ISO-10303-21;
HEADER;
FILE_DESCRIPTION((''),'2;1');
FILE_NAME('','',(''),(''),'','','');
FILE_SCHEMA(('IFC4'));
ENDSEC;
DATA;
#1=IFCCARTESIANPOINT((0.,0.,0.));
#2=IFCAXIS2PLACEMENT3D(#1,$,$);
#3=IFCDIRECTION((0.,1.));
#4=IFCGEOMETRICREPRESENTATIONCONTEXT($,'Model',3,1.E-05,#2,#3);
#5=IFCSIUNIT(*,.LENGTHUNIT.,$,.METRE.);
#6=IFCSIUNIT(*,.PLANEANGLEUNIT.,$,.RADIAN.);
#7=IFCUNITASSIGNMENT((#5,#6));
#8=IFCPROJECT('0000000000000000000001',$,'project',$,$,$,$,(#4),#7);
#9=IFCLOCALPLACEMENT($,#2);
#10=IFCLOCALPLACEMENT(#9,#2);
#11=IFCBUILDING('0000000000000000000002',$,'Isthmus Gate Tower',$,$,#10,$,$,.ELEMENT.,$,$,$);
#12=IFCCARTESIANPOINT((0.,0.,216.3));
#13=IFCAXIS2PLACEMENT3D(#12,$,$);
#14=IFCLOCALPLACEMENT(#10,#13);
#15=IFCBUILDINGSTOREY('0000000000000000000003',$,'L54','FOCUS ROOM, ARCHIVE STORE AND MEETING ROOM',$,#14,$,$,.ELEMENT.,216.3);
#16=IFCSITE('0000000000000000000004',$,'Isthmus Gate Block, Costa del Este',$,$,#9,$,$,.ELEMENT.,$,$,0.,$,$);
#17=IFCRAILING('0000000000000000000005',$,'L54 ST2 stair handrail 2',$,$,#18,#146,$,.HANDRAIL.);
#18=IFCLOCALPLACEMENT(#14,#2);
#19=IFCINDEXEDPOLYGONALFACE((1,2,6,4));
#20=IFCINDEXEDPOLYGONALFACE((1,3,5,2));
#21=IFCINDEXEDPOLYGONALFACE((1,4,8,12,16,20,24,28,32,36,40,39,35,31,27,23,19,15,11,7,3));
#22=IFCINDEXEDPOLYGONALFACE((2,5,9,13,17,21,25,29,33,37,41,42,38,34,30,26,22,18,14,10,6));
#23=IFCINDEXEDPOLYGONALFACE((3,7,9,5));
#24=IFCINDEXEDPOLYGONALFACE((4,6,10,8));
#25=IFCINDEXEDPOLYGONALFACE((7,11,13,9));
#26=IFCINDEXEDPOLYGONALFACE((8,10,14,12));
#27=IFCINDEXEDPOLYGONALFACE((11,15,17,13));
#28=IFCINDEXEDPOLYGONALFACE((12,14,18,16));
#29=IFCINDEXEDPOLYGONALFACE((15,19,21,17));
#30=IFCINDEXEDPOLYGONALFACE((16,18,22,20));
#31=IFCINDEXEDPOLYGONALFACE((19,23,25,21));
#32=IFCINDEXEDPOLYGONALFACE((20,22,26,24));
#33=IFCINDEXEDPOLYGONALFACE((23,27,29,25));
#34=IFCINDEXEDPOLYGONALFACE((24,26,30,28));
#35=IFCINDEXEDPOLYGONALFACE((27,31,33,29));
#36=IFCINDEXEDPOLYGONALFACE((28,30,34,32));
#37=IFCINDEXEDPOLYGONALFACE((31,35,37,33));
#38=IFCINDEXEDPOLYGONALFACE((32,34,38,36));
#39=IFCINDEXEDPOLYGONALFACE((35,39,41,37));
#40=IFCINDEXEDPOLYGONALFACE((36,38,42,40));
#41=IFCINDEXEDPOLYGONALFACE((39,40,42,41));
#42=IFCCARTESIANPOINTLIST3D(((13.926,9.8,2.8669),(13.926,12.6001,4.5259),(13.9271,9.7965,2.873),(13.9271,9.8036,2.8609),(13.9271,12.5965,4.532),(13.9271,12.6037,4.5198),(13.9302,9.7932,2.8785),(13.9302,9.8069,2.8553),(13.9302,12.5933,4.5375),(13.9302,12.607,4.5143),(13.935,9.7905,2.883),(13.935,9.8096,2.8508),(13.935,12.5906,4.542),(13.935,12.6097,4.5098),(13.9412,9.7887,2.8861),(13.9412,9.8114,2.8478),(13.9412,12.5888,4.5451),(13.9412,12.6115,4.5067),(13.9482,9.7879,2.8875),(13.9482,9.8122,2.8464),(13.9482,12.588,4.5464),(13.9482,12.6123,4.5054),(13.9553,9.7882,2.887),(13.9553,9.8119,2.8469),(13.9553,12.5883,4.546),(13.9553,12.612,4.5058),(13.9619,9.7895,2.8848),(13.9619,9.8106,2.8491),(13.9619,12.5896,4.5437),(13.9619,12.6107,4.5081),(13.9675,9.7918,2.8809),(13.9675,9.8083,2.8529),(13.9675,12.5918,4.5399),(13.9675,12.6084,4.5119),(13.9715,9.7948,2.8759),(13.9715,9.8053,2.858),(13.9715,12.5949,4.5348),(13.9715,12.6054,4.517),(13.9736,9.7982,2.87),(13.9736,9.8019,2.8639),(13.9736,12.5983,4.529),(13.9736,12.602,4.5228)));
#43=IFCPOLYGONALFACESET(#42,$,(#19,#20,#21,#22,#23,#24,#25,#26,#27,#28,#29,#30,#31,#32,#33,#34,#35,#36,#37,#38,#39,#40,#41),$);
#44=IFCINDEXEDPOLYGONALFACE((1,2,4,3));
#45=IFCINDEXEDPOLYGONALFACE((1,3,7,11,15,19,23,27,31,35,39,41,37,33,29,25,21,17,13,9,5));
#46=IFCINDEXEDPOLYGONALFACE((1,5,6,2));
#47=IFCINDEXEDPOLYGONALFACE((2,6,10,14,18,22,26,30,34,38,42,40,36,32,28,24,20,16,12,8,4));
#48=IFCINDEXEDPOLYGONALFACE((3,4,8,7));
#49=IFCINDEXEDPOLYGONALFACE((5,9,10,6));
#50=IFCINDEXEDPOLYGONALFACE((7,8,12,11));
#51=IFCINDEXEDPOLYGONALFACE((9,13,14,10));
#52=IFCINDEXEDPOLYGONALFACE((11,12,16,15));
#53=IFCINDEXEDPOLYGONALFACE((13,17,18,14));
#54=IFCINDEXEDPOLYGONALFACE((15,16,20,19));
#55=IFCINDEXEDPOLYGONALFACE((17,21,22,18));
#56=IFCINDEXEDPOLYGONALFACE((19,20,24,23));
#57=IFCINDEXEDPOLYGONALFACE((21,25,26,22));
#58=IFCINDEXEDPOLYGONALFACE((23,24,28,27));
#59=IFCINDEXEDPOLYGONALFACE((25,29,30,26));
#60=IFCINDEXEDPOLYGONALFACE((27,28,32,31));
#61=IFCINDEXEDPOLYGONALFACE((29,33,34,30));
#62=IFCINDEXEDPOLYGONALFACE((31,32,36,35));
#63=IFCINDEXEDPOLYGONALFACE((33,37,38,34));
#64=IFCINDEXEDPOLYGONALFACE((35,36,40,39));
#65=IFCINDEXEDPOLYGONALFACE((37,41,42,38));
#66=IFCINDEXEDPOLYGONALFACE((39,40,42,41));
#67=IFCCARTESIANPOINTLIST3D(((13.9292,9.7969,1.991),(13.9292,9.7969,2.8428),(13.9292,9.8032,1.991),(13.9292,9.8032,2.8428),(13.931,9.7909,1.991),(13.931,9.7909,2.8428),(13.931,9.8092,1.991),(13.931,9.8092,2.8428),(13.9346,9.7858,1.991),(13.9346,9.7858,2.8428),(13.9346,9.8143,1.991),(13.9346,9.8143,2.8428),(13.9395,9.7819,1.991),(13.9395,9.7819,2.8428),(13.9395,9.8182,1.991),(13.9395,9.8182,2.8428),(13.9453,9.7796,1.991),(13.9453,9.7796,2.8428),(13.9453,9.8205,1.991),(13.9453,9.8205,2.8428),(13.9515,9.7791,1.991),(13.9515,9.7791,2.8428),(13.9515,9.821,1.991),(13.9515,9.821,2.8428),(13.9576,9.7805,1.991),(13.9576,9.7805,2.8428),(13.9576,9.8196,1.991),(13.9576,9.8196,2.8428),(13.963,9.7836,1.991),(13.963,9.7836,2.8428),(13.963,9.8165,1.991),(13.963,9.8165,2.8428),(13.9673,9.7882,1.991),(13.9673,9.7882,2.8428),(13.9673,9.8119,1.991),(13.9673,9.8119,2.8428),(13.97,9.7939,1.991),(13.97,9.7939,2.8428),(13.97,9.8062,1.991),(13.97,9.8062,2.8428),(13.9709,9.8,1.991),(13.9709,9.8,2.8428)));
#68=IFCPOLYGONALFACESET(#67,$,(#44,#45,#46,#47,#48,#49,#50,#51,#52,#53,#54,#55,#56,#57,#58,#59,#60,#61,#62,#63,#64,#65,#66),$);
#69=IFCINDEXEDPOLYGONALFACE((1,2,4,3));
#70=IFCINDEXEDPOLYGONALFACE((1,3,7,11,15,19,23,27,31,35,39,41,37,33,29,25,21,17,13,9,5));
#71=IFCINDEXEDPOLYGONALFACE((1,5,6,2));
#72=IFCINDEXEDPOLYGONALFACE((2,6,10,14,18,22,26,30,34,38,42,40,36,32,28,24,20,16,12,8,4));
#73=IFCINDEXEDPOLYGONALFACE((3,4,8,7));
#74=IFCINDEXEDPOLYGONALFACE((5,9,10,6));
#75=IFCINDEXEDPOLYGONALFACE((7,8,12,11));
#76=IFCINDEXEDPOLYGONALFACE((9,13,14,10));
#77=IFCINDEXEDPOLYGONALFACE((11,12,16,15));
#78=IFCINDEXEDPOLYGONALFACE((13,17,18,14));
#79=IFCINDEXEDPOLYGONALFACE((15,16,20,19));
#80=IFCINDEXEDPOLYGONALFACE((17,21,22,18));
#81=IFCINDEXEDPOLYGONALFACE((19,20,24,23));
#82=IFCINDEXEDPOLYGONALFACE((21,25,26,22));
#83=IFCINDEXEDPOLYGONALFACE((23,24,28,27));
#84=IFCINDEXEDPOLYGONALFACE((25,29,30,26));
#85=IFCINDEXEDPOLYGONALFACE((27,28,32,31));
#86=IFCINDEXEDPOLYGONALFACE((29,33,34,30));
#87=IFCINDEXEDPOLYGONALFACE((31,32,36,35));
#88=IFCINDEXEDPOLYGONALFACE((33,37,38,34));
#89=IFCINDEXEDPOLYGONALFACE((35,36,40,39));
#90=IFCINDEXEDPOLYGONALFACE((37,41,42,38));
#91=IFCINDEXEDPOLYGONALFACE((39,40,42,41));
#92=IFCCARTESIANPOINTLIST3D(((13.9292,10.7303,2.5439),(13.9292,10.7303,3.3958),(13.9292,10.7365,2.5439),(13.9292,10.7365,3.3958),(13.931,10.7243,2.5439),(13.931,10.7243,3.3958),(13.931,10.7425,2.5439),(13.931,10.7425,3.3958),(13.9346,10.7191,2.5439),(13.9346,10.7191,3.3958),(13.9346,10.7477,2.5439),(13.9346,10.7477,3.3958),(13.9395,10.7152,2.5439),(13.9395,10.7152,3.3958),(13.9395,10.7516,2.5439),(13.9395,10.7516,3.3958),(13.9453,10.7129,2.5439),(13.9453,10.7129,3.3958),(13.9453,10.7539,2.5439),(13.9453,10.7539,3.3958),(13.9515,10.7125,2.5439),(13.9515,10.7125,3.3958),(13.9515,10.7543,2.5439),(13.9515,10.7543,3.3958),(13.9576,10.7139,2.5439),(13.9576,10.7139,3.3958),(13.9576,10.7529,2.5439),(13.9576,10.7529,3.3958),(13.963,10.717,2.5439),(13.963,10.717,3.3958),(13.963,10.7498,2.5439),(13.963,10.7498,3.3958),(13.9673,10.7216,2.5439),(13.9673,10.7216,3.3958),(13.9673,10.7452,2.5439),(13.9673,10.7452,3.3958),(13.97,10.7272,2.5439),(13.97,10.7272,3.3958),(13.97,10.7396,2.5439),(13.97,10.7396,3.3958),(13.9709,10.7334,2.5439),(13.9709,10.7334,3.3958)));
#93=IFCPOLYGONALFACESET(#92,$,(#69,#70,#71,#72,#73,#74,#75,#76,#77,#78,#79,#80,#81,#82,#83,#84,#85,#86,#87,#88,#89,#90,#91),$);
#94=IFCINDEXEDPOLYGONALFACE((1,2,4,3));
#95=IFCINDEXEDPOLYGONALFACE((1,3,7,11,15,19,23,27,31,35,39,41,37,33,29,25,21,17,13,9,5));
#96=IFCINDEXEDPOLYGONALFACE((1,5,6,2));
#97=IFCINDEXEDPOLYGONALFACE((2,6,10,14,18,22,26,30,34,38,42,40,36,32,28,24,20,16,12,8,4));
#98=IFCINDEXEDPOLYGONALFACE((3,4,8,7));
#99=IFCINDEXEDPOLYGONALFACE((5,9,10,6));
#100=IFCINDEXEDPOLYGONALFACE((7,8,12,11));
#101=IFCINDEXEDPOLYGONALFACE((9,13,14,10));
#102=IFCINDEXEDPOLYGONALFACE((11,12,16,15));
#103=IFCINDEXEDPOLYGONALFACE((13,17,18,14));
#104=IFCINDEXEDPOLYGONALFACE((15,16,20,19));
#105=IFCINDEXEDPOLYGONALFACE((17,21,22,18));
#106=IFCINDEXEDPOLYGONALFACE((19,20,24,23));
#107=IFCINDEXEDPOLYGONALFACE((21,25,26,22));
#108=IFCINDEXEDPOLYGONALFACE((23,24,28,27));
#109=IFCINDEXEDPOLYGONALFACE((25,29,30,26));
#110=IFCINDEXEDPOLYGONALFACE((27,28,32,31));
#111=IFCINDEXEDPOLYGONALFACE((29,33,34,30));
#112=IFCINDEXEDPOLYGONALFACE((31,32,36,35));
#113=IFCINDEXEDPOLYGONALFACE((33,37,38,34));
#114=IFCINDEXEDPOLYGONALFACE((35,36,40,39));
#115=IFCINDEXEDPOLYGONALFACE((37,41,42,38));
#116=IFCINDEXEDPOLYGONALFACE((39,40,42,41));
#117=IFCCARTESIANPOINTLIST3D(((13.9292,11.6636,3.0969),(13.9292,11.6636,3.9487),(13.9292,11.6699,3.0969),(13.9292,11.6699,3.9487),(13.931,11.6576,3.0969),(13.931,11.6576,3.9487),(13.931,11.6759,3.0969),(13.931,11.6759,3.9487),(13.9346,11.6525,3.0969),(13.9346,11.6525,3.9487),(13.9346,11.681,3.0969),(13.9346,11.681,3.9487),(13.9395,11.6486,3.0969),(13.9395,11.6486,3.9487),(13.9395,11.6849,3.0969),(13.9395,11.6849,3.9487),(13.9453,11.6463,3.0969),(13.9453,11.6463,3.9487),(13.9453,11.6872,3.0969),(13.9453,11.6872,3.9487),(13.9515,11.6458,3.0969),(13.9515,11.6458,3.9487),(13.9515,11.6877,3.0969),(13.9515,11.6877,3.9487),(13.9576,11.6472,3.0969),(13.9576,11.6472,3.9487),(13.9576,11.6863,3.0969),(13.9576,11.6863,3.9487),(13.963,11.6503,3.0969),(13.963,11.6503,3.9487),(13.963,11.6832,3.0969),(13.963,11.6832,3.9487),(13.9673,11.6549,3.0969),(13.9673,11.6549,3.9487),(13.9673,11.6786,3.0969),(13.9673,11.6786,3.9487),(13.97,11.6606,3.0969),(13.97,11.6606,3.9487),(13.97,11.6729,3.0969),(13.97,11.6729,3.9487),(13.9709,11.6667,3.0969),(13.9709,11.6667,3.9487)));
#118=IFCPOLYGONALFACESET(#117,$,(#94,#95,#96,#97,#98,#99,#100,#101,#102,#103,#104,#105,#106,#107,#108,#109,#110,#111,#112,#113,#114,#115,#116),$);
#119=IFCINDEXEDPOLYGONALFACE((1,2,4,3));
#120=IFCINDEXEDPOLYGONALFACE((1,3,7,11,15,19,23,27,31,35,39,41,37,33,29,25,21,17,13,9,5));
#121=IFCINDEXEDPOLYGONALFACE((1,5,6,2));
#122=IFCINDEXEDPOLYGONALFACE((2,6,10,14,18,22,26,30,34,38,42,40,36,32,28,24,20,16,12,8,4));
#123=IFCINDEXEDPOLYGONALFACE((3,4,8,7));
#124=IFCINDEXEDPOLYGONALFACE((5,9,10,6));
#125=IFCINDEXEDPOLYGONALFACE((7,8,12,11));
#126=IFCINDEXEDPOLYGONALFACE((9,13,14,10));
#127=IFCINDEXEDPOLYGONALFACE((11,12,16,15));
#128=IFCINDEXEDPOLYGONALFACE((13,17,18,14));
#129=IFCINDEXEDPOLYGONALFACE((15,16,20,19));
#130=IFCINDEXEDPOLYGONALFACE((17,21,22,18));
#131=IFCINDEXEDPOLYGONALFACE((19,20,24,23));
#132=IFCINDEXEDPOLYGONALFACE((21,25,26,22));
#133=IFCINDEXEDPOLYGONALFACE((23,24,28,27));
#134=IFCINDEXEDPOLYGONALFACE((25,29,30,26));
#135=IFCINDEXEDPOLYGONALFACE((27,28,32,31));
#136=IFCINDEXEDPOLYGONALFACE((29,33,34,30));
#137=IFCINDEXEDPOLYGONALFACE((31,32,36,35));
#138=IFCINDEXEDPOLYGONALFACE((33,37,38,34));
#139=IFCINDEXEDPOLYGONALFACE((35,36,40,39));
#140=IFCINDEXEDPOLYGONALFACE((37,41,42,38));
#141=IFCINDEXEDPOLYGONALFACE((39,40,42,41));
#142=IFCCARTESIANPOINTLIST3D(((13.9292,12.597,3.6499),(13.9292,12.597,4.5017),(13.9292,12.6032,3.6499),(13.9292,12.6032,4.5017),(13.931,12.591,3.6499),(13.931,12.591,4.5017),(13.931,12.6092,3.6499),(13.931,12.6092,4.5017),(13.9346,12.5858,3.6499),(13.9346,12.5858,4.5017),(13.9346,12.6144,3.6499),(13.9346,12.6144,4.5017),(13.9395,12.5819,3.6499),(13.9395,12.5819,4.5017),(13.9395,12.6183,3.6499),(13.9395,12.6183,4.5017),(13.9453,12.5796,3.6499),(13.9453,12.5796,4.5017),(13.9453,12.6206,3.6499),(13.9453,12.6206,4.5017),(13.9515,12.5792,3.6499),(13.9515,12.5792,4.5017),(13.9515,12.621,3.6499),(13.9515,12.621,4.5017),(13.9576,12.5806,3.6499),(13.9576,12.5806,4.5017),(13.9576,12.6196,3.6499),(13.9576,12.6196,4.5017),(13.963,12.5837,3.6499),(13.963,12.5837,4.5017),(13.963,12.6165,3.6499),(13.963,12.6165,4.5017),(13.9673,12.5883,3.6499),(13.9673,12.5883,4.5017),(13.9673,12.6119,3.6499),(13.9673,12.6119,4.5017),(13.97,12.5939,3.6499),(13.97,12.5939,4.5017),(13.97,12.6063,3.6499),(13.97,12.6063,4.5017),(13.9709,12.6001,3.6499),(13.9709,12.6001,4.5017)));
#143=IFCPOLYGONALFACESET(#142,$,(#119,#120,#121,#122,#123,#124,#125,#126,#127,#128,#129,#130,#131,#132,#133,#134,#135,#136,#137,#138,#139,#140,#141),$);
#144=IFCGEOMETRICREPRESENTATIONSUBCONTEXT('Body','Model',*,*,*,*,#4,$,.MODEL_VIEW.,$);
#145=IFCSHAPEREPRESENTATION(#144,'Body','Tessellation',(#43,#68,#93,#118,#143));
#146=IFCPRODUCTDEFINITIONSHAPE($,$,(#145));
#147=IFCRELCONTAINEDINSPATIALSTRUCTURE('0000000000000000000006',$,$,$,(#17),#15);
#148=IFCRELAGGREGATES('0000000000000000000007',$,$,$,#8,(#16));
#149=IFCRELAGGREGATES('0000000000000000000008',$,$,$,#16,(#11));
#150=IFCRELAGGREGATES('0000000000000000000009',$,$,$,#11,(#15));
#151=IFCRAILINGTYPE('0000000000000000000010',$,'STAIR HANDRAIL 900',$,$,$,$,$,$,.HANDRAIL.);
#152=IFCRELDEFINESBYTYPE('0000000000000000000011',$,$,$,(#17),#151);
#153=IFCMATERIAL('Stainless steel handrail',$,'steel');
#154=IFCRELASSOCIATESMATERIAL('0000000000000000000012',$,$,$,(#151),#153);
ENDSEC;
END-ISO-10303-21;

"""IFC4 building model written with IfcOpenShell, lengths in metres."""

from ifc_helpers import new_model, si_unit, direction, frame, origin, origin_2d, place, context, subcontext, project, spatial, circle, extrude, material, type_object, element, save


model = new_model("IFC4")

# Units and contexts
model_context = context("Model", 3, precision=1e-05, world=origin(), true_north=direction((0.0, 1.0)))
body_context = subcontext(model_context, "Body", "Model", "MODEL_VIEW")
ifc_project = project(units=[si_unit("LENGTHUNIT", "METRE"), si_unit("PLANEANGLEUNIT", "RADIAN")], contexts=[model_context])

# Site, building, storey
site_placement = place(None, origin())
site = spatial("IfcSite", under=ifc_project, at=site_placement, Name="Isthmus Gate Block, Costa del Este", CompositionType="ELEMENT", RefElevation=0.0)
building_placement = place(site_placement, origin())
building = spatial("IfcBuilding", under=site, at=building_placement, Name="Isthmus Gate Tower", CompositionType="ELEMENT")
storey_placement = place(building_placement, frame((0.0, 0.0, 216.3)))
storey = spatial("IfcBuildingStorey", under=building, at=storey_placement, Name="L54", Description="FOCUS ROOM, ARCHIVE STORE AND MEETING ROOM", CompositionType="ELEMENT", Elevation=216.3)

# Railing
ifc_material_1 = material(Name="Stainless steel handrail", Category="steel")
railing_type_1 = type_object("IfcRailingType", Name="STAIR HANDRAIL 900", PredefinedType="HANDRAIL", material=ifc_material_1)
railing_1_placement = place(storey_placement, frame((13.95, 9.8, 1.991)))
element("IfcRailing", 1, at=railing_1_placement, inside=storey, type_object=railing_type_1, Name="L54 ST2 stair handrail 2", PredefinedType="HANDRAIL", context=body_context, shape_type="SweptSolid", body=[
    extrude(circle(Radius=0.0239, at=origin_2d()), frame((0.0, 0.0, 0.876), z_axis=(0.0, 0.860339, 0.509722), x_axis=(-1.0, 0.0, 0.0)), (0.0, 0.0, 1.0), 3.2546),
    extrude(circle(Radius=0.021, at=origin_2d()), origin(), (0.0, 0.0, 1.0), 0.8518),
    extrude(circle(Radius=0.021, at=origin_2d()), frame((0.0, 0.9333, 0.553)), (0.0, 0.0, 1.0), 0.8518),
    extrude(circle(Radius=0.021, at=origin_2d()), frame((0.0, 1.8667, 1.106)), (0.0, 0.0, 1.0), 0.8518),
    extrude(circle(Radius=0.021, at=origin_2d()), frame((0.0, 2.8, 1.6589)), (0.0, 0.0, 1.0), 0.8518),
])

save(model, "model.ifc")
